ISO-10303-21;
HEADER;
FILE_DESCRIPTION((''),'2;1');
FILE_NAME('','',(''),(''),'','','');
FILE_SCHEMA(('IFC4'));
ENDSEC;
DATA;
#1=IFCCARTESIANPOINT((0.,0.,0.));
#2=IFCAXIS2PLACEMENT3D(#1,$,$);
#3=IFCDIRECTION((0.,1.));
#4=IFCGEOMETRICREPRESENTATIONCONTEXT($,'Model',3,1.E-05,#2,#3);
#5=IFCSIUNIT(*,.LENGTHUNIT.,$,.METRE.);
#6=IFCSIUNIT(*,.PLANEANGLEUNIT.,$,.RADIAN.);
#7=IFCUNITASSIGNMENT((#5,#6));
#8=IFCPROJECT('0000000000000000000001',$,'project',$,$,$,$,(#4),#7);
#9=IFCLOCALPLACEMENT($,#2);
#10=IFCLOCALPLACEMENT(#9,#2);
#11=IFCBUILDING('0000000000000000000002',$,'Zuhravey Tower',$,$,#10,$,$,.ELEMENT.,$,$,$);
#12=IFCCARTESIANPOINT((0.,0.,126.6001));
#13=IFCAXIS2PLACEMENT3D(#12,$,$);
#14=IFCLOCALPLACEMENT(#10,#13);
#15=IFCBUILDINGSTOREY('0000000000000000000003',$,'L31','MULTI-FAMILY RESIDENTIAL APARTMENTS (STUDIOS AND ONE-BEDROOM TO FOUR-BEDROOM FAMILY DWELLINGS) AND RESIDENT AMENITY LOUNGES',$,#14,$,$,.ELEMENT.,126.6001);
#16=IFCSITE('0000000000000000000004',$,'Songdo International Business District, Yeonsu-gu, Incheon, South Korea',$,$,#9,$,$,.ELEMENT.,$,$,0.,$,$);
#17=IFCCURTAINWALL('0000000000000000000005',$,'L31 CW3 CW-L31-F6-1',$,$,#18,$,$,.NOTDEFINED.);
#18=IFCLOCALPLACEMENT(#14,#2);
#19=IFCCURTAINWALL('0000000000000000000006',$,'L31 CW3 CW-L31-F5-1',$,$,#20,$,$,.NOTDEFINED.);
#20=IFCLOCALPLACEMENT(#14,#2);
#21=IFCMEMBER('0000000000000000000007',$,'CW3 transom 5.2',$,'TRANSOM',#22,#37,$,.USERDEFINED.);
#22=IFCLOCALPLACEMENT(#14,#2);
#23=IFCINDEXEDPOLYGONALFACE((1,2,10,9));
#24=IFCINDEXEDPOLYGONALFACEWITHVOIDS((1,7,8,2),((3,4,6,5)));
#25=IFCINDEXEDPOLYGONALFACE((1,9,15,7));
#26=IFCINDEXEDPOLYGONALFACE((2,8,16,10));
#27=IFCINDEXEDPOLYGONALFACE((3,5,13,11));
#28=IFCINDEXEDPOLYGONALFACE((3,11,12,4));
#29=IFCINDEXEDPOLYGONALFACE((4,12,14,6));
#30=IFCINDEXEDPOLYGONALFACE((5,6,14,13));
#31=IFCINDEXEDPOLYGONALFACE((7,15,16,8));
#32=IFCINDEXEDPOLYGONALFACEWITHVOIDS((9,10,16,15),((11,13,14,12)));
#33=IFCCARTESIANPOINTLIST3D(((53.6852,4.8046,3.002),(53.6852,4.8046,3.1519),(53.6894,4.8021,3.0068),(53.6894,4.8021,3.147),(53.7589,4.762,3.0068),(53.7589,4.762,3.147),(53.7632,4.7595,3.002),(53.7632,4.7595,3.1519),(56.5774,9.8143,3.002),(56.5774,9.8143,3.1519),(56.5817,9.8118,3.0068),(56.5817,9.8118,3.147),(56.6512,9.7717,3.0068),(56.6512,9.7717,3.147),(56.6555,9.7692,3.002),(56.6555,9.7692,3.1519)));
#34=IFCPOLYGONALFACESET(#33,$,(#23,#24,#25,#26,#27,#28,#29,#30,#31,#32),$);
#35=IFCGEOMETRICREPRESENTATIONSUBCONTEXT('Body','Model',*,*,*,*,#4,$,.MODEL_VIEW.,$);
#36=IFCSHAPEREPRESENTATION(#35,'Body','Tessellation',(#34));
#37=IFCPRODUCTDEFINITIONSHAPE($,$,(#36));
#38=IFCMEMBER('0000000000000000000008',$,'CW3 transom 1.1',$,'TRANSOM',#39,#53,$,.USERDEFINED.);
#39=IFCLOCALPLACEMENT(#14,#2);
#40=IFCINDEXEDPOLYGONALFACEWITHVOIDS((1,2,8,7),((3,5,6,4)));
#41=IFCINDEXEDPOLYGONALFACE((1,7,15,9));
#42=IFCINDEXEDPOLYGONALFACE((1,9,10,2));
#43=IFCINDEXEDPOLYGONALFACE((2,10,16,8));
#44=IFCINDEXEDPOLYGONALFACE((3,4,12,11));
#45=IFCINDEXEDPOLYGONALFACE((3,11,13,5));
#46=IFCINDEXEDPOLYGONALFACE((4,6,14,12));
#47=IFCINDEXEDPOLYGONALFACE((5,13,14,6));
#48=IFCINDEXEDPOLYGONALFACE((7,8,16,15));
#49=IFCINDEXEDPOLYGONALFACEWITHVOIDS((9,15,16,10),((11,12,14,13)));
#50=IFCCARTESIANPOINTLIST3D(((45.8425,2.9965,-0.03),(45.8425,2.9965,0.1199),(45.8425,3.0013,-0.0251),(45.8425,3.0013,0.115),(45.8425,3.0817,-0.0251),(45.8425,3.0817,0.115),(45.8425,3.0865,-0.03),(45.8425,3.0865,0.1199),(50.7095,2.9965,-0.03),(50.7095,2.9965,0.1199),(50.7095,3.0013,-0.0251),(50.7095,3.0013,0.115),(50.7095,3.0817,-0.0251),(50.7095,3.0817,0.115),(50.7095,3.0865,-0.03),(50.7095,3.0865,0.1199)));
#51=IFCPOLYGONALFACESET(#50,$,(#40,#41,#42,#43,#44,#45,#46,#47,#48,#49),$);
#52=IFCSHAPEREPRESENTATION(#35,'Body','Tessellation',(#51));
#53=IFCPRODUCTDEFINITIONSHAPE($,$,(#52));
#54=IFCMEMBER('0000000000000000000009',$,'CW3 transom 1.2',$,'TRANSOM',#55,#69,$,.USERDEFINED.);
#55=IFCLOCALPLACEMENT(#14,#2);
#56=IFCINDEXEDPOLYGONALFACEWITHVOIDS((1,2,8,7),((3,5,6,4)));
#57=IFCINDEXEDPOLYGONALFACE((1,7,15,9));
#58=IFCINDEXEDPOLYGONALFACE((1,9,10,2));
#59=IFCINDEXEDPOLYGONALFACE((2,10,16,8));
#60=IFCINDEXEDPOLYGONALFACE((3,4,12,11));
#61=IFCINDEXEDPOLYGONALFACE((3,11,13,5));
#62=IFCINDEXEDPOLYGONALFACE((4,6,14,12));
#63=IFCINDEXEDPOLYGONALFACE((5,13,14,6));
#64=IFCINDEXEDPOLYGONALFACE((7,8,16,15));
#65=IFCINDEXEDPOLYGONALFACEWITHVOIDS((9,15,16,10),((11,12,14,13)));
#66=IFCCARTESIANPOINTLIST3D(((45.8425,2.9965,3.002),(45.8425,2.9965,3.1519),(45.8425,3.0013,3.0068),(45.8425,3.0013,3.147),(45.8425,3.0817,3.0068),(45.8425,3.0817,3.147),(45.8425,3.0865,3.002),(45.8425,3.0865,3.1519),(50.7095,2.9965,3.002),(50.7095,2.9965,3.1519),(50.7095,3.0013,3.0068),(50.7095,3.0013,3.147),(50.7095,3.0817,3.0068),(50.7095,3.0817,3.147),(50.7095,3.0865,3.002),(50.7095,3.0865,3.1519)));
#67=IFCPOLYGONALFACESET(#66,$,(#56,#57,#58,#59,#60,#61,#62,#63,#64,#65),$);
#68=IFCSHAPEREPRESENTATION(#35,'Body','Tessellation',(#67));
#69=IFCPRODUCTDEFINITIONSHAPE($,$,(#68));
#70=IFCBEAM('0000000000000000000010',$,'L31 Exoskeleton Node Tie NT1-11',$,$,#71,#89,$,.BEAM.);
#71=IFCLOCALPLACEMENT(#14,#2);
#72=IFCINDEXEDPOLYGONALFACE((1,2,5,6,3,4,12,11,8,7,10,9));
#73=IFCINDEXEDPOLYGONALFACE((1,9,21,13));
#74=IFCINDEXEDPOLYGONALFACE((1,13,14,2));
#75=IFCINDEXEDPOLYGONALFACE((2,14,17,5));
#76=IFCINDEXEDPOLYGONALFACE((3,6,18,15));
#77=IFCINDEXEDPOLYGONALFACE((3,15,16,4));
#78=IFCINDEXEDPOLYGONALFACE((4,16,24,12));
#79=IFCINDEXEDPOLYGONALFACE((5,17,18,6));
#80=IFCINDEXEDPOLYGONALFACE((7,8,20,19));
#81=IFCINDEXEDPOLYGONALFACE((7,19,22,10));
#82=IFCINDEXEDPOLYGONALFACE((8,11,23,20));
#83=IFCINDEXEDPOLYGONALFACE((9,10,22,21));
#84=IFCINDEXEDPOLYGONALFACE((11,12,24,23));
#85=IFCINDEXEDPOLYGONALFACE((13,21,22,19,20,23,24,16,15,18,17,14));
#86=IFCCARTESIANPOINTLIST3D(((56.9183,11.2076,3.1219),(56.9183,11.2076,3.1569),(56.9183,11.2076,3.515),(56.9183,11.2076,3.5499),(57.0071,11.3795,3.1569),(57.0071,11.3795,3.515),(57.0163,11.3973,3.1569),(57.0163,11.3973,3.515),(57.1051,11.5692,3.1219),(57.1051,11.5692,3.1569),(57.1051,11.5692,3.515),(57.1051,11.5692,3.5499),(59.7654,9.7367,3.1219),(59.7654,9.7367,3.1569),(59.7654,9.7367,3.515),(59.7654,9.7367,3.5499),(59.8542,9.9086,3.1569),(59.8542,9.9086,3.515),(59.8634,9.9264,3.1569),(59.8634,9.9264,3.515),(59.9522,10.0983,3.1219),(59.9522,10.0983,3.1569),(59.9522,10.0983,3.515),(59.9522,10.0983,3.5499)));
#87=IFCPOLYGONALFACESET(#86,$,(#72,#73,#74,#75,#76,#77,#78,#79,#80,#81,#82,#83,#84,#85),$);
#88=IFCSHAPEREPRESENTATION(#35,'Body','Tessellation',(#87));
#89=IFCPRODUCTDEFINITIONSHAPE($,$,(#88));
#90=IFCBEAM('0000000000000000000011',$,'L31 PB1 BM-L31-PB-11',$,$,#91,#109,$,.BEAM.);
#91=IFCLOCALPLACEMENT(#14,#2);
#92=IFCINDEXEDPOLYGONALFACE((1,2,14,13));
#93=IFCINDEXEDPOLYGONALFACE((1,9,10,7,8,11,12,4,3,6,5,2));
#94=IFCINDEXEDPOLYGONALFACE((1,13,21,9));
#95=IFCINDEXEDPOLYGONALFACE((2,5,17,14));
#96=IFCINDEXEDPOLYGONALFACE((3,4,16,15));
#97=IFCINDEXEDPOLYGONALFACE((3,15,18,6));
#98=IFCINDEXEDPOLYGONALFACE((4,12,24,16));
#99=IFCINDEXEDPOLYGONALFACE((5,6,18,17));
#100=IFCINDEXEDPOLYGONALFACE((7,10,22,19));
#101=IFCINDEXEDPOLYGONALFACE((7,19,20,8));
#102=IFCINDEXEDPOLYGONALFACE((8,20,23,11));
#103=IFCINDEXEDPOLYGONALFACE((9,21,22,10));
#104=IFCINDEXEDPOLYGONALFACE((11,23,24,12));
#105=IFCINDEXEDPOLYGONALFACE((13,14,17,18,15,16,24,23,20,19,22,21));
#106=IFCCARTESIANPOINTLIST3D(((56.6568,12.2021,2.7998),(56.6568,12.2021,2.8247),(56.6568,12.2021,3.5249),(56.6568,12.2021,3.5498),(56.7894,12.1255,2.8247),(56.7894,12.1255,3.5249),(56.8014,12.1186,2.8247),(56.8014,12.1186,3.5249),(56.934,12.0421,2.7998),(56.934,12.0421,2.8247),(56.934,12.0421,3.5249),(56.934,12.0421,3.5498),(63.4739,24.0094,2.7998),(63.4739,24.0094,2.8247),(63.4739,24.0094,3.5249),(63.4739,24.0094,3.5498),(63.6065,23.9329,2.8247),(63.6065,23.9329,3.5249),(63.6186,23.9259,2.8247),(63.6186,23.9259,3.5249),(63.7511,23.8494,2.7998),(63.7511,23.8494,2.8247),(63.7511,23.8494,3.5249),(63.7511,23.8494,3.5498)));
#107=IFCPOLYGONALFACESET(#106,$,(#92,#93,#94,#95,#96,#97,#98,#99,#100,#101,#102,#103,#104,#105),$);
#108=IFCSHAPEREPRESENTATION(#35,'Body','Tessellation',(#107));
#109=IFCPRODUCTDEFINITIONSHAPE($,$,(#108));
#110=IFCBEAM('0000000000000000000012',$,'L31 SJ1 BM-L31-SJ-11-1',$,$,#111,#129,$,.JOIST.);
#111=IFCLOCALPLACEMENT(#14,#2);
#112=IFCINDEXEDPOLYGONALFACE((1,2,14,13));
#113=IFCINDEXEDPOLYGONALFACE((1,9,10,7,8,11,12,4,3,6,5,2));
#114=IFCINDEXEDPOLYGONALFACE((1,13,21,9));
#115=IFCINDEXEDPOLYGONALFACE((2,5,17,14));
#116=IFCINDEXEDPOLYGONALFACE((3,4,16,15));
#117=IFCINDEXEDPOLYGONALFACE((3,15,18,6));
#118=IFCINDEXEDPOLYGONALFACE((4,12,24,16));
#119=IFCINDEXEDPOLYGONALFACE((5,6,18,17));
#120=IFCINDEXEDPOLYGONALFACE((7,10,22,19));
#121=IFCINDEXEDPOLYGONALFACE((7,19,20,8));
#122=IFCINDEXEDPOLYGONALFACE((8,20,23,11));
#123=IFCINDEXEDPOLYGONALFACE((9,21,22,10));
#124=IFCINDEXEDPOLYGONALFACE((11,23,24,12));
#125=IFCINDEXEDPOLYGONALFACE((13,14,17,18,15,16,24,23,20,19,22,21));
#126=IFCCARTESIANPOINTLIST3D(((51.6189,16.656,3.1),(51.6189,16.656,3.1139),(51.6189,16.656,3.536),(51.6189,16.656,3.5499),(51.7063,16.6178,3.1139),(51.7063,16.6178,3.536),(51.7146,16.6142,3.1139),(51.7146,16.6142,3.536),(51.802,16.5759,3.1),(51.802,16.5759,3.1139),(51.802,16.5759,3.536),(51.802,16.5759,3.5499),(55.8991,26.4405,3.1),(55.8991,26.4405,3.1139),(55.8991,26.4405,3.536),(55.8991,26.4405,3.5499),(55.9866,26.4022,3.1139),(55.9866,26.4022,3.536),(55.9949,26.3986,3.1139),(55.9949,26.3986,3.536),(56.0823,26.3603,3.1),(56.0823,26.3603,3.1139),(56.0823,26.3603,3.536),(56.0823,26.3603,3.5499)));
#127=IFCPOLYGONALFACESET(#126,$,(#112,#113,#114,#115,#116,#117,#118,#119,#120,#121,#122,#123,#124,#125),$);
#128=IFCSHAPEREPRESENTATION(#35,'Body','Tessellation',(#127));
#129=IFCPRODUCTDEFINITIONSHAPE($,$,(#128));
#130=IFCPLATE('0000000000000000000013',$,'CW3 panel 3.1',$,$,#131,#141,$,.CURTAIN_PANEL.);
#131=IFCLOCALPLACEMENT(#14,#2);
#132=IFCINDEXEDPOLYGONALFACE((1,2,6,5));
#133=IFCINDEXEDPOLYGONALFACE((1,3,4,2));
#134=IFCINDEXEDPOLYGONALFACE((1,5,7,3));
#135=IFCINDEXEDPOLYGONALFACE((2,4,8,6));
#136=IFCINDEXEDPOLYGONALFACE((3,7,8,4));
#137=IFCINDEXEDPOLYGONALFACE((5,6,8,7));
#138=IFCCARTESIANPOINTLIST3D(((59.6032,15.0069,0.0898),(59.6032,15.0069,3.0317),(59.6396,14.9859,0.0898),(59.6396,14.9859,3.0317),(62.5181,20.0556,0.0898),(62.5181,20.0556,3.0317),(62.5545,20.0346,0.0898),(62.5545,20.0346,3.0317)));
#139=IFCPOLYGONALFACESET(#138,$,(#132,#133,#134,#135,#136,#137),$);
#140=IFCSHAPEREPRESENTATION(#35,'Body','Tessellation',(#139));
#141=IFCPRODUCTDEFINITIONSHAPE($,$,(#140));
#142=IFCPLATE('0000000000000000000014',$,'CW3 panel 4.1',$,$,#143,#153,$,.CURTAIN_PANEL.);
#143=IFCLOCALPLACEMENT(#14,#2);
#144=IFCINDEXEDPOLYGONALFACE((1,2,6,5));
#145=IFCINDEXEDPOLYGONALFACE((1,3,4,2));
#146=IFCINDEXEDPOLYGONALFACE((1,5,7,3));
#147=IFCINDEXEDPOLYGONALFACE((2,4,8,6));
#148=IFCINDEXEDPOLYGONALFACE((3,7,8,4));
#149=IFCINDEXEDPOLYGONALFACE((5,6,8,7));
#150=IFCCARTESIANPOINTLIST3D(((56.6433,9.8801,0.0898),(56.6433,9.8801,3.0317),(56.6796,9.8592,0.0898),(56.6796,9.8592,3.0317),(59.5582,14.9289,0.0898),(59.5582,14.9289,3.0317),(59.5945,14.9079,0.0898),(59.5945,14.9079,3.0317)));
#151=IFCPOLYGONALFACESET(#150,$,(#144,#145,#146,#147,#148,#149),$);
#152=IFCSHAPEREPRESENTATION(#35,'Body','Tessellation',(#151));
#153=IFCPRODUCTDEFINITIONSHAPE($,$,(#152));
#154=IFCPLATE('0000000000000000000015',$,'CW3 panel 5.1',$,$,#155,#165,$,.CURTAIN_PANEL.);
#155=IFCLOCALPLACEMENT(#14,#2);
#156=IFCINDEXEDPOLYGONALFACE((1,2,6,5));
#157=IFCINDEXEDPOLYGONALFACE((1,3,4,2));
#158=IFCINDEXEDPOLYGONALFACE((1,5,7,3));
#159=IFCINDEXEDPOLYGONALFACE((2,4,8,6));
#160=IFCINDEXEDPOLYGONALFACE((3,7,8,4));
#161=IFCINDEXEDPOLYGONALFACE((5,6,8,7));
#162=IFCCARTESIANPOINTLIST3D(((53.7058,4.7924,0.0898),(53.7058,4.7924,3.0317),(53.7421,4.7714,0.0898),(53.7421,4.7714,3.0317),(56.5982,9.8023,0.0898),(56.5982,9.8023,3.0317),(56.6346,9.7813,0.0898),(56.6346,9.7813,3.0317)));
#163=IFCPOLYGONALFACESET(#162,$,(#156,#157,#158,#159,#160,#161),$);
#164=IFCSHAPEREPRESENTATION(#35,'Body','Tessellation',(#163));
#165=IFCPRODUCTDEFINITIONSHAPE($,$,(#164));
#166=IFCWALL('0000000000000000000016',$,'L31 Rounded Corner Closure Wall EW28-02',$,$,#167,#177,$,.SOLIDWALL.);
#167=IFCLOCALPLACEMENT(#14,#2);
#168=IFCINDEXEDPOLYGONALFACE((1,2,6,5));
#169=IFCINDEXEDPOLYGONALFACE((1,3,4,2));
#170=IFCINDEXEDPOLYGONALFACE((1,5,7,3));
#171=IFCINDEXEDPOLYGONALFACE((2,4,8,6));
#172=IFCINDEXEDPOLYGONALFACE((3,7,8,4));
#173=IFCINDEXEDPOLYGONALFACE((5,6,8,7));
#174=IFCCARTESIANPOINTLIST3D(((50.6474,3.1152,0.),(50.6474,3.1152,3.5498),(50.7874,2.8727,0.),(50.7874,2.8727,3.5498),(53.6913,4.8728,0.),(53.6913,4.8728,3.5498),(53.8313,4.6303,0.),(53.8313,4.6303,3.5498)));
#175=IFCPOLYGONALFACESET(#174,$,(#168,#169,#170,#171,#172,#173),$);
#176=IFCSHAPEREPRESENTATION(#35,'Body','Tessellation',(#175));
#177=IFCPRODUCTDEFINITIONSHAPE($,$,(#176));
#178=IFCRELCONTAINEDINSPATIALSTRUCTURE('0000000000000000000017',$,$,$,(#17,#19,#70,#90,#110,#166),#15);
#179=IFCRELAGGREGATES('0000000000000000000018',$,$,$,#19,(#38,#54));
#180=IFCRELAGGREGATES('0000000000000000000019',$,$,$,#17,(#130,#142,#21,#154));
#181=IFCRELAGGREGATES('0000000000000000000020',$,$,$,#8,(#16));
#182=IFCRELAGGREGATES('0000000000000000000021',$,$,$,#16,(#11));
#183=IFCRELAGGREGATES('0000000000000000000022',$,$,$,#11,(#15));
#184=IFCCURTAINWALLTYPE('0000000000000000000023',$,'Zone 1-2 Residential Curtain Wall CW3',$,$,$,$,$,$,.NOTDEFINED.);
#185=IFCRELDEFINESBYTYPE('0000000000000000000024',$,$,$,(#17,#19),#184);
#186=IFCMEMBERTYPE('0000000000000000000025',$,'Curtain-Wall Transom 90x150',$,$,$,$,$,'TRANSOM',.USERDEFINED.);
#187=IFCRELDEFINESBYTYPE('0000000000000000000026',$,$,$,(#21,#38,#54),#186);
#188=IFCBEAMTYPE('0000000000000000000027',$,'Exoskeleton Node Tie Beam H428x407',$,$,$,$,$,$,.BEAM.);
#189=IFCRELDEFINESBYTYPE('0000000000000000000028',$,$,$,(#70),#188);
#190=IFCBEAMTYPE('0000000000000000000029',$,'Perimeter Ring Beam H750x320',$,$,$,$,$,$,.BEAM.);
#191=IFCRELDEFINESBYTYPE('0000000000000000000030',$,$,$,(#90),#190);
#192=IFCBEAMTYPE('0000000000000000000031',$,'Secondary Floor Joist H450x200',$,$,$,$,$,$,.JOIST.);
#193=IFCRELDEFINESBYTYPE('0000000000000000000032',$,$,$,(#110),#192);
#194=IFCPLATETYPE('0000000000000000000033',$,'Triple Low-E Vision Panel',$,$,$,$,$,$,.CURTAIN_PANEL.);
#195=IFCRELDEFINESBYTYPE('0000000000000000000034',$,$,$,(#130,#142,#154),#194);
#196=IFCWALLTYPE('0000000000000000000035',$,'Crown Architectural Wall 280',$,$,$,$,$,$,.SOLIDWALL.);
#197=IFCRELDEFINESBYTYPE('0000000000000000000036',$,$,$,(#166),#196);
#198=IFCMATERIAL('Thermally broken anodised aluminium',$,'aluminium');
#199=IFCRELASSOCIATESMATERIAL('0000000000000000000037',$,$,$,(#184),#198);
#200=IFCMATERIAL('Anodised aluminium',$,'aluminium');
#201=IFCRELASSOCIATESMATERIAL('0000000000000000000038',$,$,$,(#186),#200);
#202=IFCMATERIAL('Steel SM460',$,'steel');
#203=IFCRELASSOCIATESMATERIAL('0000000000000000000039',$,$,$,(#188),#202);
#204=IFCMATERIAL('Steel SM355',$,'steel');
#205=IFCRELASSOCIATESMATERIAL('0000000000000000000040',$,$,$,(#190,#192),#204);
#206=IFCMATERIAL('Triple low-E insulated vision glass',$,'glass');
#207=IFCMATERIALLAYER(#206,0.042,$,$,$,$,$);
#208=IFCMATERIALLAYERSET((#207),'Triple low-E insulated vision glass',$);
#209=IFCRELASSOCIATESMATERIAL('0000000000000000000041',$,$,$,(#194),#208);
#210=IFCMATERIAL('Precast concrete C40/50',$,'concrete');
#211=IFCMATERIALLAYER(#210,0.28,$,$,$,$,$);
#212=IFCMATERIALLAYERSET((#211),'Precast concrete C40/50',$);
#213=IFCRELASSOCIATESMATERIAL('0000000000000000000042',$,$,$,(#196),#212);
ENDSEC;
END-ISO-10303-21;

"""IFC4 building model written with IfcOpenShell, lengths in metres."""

from ifc_helpers import new_model, si_unit, direction, frame, frame_2d, origin, origin_2d, place, context, subcontext, project, spatial, rectangle, hollow_rectangle, i_section, extrude, material, layer, layer_set, material_profile, profile_set, type_object, element, aggregate, save


model = new_model("IFC4")

# Units and contexts
model_context = context("Model", 3, precision=1e-05, world=origin(), true_north=direction((0.0, 1.0)))
body_context = subcontext(model_context, "Body", "Model", "MODEL_VIEW")
ifc_project = project(units=[si_unit("LENGTHUNIT", "METRE"), si_unit("PLANEANGLEUNIT", "RADIAN")], contexts=[model_context])

# Site, building, storey
site_placement = place(None, origin())
site = spatial("IfcSite", under=ifc_project, at=site_placement, Name="Songdo International Business District, Yeonsu-gu, Incheon, South Korea", CompositionType="ELEMENT", RefElevation=0.0)
building_placement = place(site_placement, origin())
building = spatial("IfcBuilding", under=site, at=building_placement, Name="Zuhravey Tower", CompositionType="ELEMENT")
storey_placement = place(building_placement, frame((0.0, 0.0, 126.6001)))
storey = spatial("IfcBuildingStorey", under=building, at=storey_placement, Name="L31", Description="MULTI-FAMILY RESIDENTIAL APARTMENTS (STUDIOS AND ONE-BEDROOM TO FOUR-BEDROOM FAMILY DWELLINGS) AND RESIDENT AMENITY LOUNGES", CompositionType="ELEMENT", Elevation=126.6001)

# Curtain wall
ifc_material_1 = material(Name="Thermally broken anodised aluminium", Category="aluminium")
curtain_wall_type = type_object("IfcCurtainWallType", Name="Zone 1-2 Residential Curtain Wall CW3", PredefinedType="NOTDEFINED", material=ifc_material_1)
curtain_wall_1_placement = place(storey_placement, origin())
curtain_wall_1 = element("IfcCurtainWall", 1, at=curtain_wall_1_placement, inside=storey, type_object=curtain_wall_type, Name="L31 CW3 CW-L31-F6-1", PredefinedType="NOTDEFINED")
ifc_material_2 = material(Name="Anodised aluminium", Category="aluminium")

# Curtain wall
curtain_wall_2_placement = place(storey_placement, origin())
curtain_wall_2 = element("IfcCurtainWall", 2, at=curtain_wall_2_placement, inside=storey, type_object=curtain_wall_type, Name="L31 CW3 CW-L31-F5-1", PredefinedType="NOTDEFINED")

# Members
ifc_material_profile_1 = material_profile(ifc_material_2, hollow_rectangle(XDim=0.0901, YDim=0.1499, WallThickness=0.0049, at=origin_2d()), Name="ALU-RHS-90x150x5")
ifc_profile_set_1 = profile_set([ifc_material_profile_1], Name="Anodised aluminium")
member_type_1 = type_object("IfcMemberType", Name="Curtain-Wall Transom 90x150", ElementType="TRANSOM", PredefinedType="USERDEFINED", material=ifc_profile_set_1)
member_1_placement = place(storey_placement, frame((56.6165, 9.7917, 3.0769), z_axis=(-0.499993, -0.86603, 0.0), x_axis=(0.86603, -0.499993, 0.0)))
member_1 = element("IfcMember", 3, at=member_1_placement, type_object=member_type_1, Name="CW3 transom 5.2", ObjectType="TRANSOM", PredefinedType="USERDEFINED", context=body_context, shape_type="SweptSolid", body=[
    extrude(hollow_rectangle(XDim=0.0901, YDim=0.1499, WallThickness=0.0049, at=origin_2d()), origin(), (0.0, 0.0, 1.0), 5.7847),
])
member_2_placement = place(storey_placement, frame((50.7095, 3.0415, 0.0449), z_axis=(-1.0, 0.0, 0.0), x_axis=(0.0, -1.0, 0.0)))
member_2 = element("IfcMember", 4, at=member_2_placement, type_object=member_type_1, Name="CW3 transom 1.1", ObjectType="TRANSOM", PredefinedType="USERDEFINED", context=body_context, shape_type="SweptSolid", body=[
    extrude(hollow_rectangle(XDim=0.0901, YDim=0.1499, WallThickness=0.0049, at=origin_2d()), origin(), (0.0, 0.0, 1.0), 4.8669),
])
member_3_placement = place(storey_placement, frame((50.7095, 3.0415, 3.0769), z_axis=(-1.0, 0.0, 0.0), x_axis=(0.0, -1.0, 0.0)))
member_3 = element("IfcMember", 5, at=member_3_placement, type_object=member_type_1, Name="CW3 transom 1.2", ObjectType="TRANSOM", PredefinedType="USERDEFINED", context=body_context, shape_type="SweptSolid", body=[
    extrude(hollow_rectangle(XDim=0.0901, YDim=0.1499, WallThickness=0.0049, at=origin_2d()), origin(), (0.0, 0.0, 1.0), 4.8669),
])
aggregate(curtain_wall_2, [member_2, member_3])

# Beams
ifc_material_3 = material(Name="Steel SM460", Category="steel")
ifc_material_profile_2 = material_profile(ifc_material_3, i_section(OverallWidth=0.407, OverallDepth=0.428, WebThickness=0.02, FlangeThickness=0.0349, at=origin_2d()), Name="H-428x407x20x35")
ifc_profile_set_2 = profile_set([ifc_material_profile_2], Name="Steel SM460")
beam_type_1 = type_object("IfcBeamType", Name="Exoskeleton Node Tie Beam H428x407", PredefinedType="BEAM", material=ifc_profile_set_2)
beam_1_placement = place(storey_placement, frame((57.0117, 11.3884, 3.3359), z_axis=(0.888437, -0.458998, 0.0), x_axis=(0.458998, 0.888437, 0.0)))
element("IfcBeam", 6, at=beam_1_placement, inside=storey, type_object=beam_type_1, Name="L31 Exoskeleton Node Tie NT1-11", PredefinedType="BEAM", context=body_context, shape_type="SweptSolid", body=[
    extrude(i_section(OverallWidth=0.407, OverallDepth=0.428, WebThickness=0.02, FlangeThickness=0.0349, at=origin_2d()), origin(), (0.0, 0.0, 1.0), 3.2046),
])
ifc_material_4 = material(Name="Steel SM355", Category="steel")
ifc_material_profile_3 = material_profile(ifc_material_4, i_section(OverallWidth=0.3201, OverallDepth=0.75, WebThickness=0.0139, FlangeThickness=0.0249, at=origin_2d()), Name="H-750x320x14x25")
ifc_profile_set_3 = profile_set([ifc_material_profile_3], Name="Steel SM355")
beam_type_2 = type_object("IfcBeamType", Name="Perimeter Ring Beam H750x320", PredefinedType="BEAM", material=ifc_profile_set_3)
beam_2_placement = place(storey_placement, frame((56.7954, 12.1221, 3.1748), z_axis=(0.500008, 0.866021, 0.0), x_axis=(-0.866021, 0.500008, 0.0)))
element("IfcBeam", 7, at=beam_2_placement, inside=storey, type_object=beam_type_2, Name="L31 PB1 BM-L31-PB-11", PredefinedType="BEAM", context=body_context, shape_type="SweptSolid", body=[
    extrude(i_section(OverallWidth=0.3201, OverallDepth=0.75, WebThickness=0.0139, FlangeThickness=0.0249, at=origin_2d()), origin(), (0.0, 0.0, 1.0), 13.634),
])
ifc_material_profile_4 = material_profile(ifc_material_4, i_section(OverallWidth=0.2, OverallDepth=0.45, WebThickness=0.009, FlangeThickness=0.0139, at=origin_2d()), Name="H-450x200x9x14")
ifc_profile_set_4 = profile_set([ifc_material_profile_4], Name="Steel SM355")
beam_type_3 = type_object("IfcBeamType", Name="Secondary Floor Joist H450x200", PredefinedType="JOIST", material=ifc_profile_set_4)
beam_3_placement = place(storey_placement, frame((51.7104, 16.616, 3.325), z_axis=(0.400786, 0.916172, 0.0), x_axis=(-0.916172, 0.400786, 0.0)))
element("IfcBeam", 8, at=beam_3_placement, inside=storey, type_object=beam_type_3, Name="L31 SJ1 BM-L31-SJ-11-1", PredefinedType="JOIST", context=body_context, shape_type="SweptSolid", body=[
    extrude(i_section(OverallWidth=0.2, OverallDepth=0.45, WebThickness=0.009, FlangeThickness=0.0139, at=origin_2d()), origin(), (0.0, 0.0, 1.0), 10.6797),
])

# Plates
ifc_material_5 = material(Name="Triple low-E insulated vision glass", Category="glass")
ifc_layer_1 = layer(ifc_material_5, 0.042)
ifc_layer_set_1 = layer_set([ifc_layer_1], Name="Triple low-E insulated vision glass")
plate_type = type_object("IfcPlateType", Name="Triple Low-E Vision Panel", PredefinedType="CURTAIN_PANEL", material=ifc_layer_set_1)
plate_1_placement = place(storey_placement, frame((61.0789, 17.5208, 0.0898), z_axis=(0.0, 0.0, 1.0), x_axis=(-0.5, -0.866026, 0.0)))
plate_1 = element("IfcPlate", 9, at=plate_1_placement, type_object=plate_type, Name="CW3 panel 3.1", PredefinedType="CURTAIN_PANEL", context=body_context, shape_type="SweptSolid", body=[
    extrude(rectangle(XDim=5.8298, YDim=0.042, at=origin_2d()), origin(), (0.0, 0.0, 1.0), 2.9419),
])
plate_2_placement = place(storey_placement, frame((58.1189, 12.394, 0.0898), z_axis=(0.0, 0.0, 1.0), x_axis=(-0.5, -0.866026, 0.0)))
plate_2 = element("IfcPlate", 10, at=plate_2_placement, type_object=plate_type, Name="CW3 panel 4.1", PredefinedType="CURTAIN_PANEL", context=body_context, shape_type="SweptSolid", body=[
    extrude(rectangle(XDim=5.8298, YDim=0.042, at=origin_2d()), origin(), (0.0, 0.0, 1.0), 2.9419),
])
plate_3_placement = place(storey_placement, frame((55.1702, 7.2869, 0.0898), z_axis=(0.0, 0.0, 1.0), x_axis=(-0.5, -0.866026, 0.0)))
plate_3 = element("IfcPlate", 11, at=plate_3_placement, type_object=plate_type, Name="CW3 panel 5.1", PredefinedType="CURTAIN_PANEL", context=body_context, shape_type="SweptSolid", body=[
    extrude(rectangle(XDim=5.7849, YDim=0.042, at=origin_2d()), origin(), (0.0, 0.0, 1.0), 2.9419),
])
aggregate(curtain_wall_1, [plate_1, plate_2, member_1, plate_3])

# Wall
ifc_material_6 = material(Name="Precast concrete C40/50", Category="concrete")
ifc_layer_2 = layer(ifc_material_6, 0.28)
ifc_layer_set_2 = layer_set([ifc_layer_2], Name="Precast concrete C40/50")
wall_type_1 = type_object("IfcWallType", Name="Crown Architectural Wall 280", PredefinedType="SOLIDWALL", material=ifc_layer_set_2)
wall_1_placement = place(storey_placement, frame((53.7612, 4.7515, 0.0), z_axis=(0.0, 0.0, 1.0), x_axis=(-0.866007, -0.500031, 0.0)))
element("IfcWall", 12, at=wall_1_placement, inside=storey, type_object=wall_type_1, Name="L31 Rounded Corner Closure Wall EW28-02", PredefinedType="SOLIDWALL", context=body_context, shape_type="SweptSolid", body=[
    extrude(rectangle(XDim=3.5149, YDim=0.28, at=frame_2d((1.7573, 0.0))), origin(), (0.0, 0.0, 1.0), 3.5498),
])

save(model, "model.ifc")
